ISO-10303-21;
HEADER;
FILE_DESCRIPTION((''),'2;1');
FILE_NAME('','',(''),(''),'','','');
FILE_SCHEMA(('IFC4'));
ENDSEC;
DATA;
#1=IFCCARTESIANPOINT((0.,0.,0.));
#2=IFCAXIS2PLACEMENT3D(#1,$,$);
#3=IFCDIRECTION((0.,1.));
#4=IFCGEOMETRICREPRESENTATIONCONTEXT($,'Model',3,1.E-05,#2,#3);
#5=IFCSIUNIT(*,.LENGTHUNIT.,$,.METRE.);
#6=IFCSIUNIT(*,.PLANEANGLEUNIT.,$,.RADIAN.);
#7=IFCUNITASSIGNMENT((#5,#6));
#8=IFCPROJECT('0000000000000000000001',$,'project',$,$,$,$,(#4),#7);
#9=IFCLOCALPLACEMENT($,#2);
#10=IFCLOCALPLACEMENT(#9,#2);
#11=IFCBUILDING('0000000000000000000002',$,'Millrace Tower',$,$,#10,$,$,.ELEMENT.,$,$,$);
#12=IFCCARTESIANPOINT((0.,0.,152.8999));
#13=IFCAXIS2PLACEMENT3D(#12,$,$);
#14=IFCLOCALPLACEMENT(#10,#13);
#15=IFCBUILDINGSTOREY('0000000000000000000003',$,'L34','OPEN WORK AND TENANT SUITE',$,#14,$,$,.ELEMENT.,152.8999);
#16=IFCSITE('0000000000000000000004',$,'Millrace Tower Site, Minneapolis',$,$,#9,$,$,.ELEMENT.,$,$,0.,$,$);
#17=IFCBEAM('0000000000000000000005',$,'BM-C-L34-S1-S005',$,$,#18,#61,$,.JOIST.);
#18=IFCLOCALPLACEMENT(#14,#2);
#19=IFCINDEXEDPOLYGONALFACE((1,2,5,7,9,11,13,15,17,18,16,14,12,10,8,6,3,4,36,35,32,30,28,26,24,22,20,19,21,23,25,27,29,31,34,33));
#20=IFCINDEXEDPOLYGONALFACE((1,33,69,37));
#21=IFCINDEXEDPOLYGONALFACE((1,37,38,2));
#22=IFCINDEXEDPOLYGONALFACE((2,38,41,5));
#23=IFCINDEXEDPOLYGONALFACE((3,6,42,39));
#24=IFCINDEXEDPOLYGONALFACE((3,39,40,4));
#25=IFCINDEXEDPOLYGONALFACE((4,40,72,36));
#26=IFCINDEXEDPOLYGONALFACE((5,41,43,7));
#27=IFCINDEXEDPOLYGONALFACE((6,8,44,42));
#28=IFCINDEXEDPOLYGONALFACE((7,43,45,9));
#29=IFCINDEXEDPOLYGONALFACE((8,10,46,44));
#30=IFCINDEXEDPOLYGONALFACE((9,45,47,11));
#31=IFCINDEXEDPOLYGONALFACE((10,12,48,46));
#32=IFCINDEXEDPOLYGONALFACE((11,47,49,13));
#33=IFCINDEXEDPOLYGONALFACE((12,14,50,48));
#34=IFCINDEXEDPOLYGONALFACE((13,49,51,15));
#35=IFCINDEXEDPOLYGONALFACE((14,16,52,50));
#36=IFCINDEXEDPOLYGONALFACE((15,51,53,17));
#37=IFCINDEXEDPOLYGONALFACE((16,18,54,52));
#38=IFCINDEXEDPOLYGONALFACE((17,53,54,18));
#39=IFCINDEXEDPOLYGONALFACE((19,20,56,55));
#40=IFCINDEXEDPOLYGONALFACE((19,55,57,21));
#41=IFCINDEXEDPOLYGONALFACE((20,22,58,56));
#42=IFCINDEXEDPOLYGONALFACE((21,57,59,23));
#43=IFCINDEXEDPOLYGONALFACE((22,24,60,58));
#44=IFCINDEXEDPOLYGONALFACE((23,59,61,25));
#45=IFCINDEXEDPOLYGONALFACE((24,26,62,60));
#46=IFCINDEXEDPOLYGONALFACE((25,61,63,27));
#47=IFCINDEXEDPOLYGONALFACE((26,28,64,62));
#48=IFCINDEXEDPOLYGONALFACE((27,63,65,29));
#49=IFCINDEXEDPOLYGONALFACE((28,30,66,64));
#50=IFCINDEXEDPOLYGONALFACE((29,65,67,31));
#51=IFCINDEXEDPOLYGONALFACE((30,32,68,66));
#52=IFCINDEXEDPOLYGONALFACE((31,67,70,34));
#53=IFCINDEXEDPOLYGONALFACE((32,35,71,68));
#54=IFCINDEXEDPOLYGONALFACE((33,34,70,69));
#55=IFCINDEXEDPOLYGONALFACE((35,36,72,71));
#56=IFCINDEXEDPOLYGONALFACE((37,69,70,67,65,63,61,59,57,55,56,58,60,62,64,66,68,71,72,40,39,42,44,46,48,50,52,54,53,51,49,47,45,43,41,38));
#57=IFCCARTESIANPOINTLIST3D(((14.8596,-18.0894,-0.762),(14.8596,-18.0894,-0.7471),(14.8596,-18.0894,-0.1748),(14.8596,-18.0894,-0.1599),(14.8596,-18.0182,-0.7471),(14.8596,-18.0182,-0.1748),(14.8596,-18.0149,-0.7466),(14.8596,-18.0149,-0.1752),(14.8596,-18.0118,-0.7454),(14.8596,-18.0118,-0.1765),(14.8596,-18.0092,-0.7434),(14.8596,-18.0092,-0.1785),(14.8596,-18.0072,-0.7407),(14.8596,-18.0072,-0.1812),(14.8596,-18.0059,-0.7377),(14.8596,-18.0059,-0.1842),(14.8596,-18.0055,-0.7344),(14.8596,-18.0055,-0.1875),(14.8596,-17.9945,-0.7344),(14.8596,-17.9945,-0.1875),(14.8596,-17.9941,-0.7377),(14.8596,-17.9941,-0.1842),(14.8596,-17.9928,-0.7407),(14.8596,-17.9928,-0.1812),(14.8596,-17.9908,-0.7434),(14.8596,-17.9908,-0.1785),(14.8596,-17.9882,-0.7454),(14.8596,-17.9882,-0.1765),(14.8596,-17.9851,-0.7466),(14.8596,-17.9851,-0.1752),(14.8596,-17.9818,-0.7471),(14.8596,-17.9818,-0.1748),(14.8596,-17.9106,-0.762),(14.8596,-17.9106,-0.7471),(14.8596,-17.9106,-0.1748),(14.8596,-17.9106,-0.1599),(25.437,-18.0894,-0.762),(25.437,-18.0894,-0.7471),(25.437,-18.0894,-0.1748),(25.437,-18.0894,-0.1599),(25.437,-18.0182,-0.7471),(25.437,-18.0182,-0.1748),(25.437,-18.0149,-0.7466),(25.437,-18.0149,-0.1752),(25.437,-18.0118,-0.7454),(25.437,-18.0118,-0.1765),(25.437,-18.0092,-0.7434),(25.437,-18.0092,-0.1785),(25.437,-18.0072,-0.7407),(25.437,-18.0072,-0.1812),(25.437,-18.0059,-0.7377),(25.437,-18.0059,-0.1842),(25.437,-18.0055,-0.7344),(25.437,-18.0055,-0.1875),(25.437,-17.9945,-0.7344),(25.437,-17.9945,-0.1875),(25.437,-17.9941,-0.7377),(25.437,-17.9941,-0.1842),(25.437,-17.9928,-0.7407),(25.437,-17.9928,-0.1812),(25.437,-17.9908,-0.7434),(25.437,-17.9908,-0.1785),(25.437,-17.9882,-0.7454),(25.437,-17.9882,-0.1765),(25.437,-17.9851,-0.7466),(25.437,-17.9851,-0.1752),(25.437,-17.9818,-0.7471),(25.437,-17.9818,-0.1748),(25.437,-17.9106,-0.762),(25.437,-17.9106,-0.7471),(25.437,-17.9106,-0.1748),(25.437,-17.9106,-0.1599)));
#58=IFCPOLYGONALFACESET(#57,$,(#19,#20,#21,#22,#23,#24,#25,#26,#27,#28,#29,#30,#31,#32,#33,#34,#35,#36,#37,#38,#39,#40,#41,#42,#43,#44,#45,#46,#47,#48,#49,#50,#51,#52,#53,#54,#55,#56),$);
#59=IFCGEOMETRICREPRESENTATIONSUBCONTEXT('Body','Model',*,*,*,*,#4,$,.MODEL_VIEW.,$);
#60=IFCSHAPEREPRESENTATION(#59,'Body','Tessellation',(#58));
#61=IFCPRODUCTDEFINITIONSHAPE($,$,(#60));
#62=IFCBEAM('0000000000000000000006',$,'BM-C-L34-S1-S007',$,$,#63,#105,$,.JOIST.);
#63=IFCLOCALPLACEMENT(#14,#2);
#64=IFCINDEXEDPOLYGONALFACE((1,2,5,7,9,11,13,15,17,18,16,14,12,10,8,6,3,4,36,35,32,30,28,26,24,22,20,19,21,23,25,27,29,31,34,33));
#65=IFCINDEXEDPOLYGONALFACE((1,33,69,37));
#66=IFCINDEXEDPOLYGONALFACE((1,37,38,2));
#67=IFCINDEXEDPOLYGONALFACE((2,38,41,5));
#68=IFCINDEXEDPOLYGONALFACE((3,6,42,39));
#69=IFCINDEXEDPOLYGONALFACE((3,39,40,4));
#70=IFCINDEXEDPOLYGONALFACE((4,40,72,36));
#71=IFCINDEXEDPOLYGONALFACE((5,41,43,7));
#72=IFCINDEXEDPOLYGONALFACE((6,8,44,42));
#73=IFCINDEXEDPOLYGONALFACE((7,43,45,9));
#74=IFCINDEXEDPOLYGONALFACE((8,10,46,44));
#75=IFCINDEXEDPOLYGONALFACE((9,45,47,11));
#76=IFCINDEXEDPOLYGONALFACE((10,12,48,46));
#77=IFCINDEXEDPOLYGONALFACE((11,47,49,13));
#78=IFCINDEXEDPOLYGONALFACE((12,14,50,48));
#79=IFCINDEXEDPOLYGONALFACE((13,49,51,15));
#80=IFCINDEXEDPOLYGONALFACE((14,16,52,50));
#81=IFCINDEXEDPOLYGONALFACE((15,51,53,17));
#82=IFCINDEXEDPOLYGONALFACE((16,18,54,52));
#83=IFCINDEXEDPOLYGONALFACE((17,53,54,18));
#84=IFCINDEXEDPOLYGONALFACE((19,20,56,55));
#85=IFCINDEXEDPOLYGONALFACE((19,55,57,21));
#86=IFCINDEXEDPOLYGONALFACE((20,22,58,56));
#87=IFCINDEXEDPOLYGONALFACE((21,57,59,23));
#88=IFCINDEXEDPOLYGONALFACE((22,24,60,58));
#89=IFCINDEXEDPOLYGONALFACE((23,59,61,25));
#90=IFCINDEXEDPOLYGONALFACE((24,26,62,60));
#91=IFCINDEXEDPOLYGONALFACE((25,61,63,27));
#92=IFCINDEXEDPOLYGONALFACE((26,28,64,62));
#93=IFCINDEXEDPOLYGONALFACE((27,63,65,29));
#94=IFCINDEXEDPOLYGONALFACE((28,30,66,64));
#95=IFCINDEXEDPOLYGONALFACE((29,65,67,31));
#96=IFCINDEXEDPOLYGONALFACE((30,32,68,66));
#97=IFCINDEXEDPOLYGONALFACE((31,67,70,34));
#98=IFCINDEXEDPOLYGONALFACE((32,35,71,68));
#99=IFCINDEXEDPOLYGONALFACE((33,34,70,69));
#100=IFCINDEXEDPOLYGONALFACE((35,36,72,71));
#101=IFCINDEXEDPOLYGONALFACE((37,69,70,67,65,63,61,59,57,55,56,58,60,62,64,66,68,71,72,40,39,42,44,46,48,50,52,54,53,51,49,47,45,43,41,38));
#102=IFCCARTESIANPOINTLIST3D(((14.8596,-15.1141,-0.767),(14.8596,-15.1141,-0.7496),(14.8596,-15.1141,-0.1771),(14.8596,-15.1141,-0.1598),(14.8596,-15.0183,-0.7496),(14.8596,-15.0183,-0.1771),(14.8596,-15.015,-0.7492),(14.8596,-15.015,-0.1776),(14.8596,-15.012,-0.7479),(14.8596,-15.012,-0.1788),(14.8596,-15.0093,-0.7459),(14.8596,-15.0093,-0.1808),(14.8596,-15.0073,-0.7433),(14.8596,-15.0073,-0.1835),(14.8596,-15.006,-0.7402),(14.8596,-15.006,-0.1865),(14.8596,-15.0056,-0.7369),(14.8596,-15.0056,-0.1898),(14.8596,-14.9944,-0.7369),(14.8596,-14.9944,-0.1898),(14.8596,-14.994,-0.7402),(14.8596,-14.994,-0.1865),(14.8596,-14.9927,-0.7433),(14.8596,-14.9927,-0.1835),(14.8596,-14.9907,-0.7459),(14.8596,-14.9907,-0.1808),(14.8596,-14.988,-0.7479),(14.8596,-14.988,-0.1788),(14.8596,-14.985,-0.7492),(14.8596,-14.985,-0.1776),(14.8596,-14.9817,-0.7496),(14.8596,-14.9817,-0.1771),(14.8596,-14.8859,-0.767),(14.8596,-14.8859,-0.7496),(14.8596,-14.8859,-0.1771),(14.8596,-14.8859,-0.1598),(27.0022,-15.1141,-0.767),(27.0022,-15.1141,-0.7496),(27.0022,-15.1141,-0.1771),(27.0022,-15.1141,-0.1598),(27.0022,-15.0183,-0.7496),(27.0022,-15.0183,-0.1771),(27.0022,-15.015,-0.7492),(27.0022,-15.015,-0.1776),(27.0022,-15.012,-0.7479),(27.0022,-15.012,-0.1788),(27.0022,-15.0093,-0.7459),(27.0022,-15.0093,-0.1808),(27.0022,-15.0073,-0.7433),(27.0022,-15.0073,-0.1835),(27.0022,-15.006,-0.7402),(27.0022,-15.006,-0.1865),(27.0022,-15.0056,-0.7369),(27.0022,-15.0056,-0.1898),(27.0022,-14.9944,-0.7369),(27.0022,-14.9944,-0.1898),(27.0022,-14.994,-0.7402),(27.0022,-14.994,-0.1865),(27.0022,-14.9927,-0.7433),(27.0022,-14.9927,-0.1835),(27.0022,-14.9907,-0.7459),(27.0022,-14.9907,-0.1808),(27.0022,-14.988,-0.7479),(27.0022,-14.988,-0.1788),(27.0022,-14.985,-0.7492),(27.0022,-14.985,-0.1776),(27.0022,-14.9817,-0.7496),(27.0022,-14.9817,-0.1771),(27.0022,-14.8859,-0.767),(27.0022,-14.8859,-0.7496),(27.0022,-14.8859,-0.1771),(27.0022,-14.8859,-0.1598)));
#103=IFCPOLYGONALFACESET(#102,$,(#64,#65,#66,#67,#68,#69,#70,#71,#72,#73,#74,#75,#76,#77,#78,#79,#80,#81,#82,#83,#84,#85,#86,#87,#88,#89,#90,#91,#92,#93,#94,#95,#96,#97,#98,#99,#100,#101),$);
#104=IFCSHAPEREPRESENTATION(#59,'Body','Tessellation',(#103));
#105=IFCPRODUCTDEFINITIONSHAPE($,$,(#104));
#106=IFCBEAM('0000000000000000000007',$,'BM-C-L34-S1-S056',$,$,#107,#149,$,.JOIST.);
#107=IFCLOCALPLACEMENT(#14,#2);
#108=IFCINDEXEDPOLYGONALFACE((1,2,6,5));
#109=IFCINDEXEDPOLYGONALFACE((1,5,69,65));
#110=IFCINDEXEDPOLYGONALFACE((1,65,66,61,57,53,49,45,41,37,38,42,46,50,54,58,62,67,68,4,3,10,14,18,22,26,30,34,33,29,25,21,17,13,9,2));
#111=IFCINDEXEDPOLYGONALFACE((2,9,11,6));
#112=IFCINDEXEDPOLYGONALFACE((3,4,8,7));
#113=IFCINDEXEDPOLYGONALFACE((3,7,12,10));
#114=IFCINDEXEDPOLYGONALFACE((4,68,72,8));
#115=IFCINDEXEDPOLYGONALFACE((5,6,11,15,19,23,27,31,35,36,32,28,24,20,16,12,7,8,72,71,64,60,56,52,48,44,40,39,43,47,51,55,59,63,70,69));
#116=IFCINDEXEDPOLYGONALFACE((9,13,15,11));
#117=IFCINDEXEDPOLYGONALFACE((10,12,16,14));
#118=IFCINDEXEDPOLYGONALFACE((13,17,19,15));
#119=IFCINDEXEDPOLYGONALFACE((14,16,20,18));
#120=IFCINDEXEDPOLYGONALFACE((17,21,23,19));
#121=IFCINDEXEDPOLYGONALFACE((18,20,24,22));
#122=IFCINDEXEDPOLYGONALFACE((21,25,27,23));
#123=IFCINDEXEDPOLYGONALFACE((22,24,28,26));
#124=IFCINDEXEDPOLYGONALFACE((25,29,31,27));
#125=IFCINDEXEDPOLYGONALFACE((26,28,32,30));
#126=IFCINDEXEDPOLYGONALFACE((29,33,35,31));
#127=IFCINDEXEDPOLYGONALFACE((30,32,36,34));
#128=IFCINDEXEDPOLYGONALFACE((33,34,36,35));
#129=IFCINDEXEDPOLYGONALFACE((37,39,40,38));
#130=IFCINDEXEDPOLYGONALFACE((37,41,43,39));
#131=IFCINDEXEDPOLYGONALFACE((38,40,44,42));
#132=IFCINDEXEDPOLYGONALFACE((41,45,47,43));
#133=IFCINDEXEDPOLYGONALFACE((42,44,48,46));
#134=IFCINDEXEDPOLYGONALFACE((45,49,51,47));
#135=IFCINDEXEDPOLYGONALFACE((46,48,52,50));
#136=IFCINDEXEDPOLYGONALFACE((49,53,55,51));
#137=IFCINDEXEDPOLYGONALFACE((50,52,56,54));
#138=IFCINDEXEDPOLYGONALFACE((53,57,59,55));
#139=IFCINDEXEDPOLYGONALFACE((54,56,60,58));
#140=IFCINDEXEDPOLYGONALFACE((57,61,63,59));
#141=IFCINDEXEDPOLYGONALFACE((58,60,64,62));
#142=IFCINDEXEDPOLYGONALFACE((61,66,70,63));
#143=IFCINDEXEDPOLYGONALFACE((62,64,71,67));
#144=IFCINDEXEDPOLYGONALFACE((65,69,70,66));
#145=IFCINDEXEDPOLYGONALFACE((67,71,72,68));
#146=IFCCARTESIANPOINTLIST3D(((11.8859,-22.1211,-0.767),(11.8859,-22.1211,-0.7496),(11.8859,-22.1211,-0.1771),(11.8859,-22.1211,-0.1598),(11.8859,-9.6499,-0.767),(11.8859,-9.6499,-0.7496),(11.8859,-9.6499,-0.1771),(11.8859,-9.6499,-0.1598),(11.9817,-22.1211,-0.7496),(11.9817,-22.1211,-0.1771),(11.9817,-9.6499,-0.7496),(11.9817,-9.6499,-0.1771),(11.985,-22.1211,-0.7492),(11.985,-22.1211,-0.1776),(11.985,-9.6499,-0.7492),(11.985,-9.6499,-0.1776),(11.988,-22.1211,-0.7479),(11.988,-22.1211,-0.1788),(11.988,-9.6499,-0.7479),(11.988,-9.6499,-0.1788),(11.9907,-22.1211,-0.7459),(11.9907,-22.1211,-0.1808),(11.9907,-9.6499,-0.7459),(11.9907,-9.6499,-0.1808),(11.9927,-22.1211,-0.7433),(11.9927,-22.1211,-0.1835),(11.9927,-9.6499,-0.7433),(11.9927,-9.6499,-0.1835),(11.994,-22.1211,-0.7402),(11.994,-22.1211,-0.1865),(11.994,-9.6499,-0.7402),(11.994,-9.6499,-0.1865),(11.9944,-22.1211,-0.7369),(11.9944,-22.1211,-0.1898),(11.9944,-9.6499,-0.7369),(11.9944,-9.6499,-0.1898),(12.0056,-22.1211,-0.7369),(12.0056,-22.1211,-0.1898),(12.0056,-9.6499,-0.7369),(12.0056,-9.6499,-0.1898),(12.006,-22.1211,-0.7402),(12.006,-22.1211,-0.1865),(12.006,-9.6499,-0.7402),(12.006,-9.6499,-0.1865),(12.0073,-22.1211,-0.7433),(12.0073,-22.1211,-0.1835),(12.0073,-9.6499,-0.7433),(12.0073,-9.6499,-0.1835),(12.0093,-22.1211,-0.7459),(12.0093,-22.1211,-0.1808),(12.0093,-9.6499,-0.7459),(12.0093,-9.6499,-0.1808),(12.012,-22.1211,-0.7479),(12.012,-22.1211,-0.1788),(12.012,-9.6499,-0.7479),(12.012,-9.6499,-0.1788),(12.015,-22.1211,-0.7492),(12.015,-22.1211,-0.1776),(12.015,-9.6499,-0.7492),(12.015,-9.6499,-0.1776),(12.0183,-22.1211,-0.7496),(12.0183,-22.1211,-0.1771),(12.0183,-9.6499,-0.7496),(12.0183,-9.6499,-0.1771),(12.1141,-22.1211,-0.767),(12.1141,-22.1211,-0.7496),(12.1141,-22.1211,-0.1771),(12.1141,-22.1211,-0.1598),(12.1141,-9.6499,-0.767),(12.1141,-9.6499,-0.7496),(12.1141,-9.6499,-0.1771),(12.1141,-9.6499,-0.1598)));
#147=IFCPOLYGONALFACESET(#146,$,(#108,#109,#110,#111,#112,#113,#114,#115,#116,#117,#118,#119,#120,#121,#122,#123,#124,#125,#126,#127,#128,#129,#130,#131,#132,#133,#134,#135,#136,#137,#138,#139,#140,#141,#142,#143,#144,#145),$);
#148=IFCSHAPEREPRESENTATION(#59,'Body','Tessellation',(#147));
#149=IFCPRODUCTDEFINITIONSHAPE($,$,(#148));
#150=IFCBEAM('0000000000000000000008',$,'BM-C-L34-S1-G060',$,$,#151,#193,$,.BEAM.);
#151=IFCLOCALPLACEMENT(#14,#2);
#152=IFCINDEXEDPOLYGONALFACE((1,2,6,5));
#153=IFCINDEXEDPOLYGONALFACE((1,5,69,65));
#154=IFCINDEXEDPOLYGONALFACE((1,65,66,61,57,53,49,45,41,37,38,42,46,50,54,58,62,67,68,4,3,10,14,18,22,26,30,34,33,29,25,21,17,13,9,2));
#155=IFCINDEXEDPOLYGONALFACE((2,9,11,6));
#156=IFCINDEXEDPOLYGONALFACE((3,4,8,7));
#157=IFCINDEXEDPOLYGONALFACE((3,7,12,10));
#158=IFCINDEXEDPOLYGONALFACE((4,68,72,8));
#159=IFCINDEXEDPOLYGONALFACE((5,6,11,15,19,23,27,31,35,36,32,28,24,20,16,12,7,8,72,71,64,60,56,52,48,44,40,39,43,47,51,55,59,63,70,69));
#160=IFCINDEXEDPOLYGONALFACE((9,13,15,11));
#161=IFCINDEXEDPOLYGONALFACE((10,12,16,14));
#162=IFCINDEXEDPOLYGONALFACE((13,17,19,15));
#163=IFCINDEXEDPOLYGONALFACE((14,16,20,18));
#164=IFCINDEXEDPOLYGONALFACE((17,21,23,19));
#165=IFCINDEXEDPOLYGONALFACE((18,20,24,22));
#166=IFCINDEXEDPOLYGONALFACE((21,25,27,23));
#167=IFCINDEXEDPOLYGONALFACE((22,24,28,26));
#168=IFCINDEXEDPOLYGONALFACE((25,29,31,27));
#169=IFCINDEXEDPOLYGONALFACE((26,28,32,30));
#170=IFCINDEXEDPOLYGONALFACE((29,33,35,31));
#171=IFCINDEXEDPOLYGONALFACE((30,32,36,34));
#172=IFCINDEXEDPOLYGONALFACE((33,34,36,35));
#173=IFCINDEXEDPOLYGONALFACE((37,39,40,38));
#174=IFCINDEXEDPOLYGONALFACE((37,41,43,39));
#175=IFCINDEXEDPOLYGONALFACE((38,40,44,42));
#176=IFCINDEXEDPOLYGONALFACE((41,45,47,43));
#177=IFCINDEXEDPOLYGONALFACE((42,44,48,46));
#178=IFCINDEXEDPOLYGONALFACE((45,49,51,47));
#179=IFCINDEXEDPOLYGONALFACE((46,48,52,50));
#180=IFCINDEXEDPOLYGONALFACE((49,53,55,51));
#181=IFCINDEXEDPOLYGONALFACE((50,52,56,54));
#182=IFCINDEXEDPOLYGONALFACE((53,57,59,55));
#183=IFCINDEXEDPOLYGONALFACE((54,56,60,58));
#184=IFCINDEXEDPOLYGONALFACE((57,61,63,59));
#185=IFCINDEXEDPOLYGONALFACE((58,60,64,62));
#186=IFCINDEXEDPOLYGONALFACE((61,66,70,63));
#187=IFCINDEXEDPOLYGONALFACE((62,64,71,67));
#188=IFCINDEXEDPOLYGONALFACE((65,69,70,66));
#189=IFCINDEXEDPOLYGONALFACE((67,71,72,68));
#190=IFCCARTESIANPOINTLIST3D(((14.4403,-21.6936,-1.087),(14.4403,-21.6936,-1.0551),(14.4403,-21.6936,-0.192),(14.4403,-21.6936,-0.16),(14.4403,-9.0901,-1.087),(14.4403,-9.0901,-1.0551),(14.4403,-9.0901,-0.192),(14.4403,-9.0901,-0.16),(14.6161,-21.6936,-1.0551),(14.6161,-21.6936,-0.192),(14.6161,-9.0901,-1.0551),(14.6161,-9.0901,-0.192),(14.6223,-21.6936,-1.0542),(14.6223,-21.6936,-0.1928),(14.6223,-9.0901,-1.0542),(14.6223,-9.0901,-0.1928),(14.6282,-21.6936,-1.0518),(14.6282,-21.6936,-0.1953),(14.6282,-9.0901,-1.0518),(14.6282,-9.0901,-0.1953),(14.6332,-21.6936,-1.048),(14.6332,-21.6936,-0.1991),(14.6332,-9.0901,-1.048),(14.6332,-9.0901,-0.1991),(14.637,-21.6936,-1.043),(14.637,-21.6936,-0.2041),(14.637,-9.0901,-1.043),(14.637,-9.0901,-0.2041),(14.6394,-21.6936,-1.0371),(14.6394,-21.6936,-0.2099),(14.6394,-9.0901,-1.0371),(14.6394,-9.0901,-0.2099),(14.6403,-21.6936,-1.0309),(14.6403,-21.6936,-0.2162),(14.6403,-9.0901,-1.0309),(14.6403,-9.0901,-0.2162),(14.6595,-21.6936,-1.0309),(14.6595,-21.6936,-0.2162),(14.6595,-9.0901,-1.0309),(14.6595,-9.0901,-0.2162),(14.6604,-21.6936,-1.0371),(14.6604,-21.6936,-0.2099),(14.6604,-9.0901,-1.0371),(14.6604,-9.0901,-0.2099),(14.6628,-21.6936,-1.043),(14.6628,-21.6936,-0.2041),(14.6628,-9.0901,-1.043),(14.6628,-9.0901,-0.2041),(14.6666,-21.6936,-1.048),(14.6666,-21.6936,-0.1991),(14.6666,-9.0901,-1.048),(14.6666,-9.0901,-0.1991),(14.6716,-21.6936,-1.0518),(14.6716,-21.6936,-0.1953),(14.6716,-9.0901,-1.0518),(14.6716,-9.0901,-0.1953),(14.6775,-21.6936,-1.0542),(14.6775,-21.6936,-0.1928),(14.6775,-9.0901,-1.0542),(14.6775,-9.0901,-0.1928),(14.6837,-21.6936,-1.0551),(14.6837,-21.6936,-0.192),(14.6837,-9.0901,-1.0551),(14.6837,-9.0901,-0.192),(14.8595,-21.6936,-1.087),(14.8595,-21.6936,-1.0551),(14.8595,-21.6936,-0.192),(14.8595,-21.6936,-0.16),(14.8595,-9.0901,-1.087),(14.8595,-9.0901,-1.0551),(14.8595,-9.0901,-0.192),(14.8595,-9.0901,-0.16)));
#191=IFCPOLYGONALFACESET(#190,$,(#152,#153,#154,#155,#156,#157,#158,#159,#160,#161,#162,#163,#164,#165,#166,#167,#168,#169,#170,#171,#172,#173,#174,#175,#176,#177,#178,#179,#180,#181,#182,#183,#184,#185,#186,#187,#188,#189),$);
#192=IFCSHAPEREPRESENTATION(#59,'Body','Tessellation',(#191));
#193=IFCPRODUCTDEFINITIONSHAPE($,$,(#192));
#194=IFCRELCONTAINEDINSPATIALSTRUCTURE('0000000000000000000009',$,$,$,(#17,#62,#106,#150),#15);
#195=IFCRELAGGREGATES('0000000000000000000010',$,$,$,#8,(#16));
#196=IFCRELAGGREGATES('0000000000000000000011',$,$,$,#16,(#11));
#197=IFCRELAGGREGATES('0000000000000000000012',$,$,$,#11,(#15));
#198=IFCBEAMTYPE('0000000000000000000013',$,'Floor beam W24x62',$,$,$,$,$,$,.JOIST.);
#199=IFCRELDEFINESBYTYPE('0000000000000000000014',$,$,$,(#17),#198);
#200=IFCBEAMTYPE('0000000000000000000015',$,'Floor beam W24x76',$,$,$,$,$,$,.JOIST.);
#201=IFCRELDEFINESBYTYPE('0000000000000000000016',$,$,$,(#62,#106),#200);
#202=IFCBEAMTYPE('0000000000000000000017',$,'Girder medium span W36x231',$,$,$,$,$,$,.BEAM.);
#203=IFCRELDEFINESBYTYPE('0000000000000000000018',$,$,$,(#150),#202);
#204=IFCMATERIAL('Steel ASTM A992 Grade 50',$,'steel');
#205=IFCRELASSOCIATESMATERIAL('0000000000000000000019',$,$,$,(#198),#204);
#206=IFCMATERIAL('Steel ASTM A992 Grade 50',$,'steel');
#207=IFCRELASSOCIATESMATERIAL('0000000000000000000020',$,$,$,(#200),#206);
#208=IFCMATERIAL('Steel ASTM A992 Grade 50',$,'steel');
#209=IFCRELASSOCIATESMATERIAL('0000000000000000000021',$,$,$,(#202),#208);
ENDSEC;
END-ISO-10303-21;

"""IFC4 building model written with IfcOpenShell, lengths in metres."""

from ifc_helpers import new_model, si_unit, direction, frame, origin, origin_2d, place, context, subcontext, project, spatial, i_section, extrude, material, material_profile, profile_set, type_object, element, save


model = new_model("IFC4")

# Units and contexts
model_context = context("Model", 3, precision=1e-05, world=origin(), true_north=direction((0.0, 1.0)))
body_context = subcontext(model_context, "Body", "Model", "MODEL_VIEW")
ifc_project = project(units=[si_unit("LENGTHUNIT", "METRE"), si_unit("PLANEANGLEUNIT", "RADIAN")], contexts=[model_context])

# Site, building, storey
site_placement = place(None, origin())
site = spatial("IfcSite", under=ifc_project, at=site_placement, Name="Millrace Tower Site, Minneapolis", CompositionType="ELEMENT", RefElevation=0.0)
building_placement = place(site_placement, origin())
building = spatial("IfcBuilding", under=site, at=building_placement, Name="Millrace Tower", CompositionType="ELEMENT")
storey_placement = place(building_placement, frame((0.0, 0.0, 152.8999)))
storey = spatial("IfcBuildingStorey", under=building, at=storey_placement, Name="L34", Description="OPEN WORK AND TENANT SUITE", CompositionType="ELEMENT", Elevation=152.8999)

# Beams
ifc_material_1 = material(Name="Steel ASTM A992 Grade 50", Category="steel")
ifc_material_profile_1 = material_profile(ifc_material_1, i_section(OverallWidth=0.1787, OverallDepth=0.6021, WebThickness=0.011, FlangeThickness=0.0149, FilletRadius=0.0127, at=origin_2d()))
ifc_profile_set_1 = profile_set([ifc_material_profile_1], Name="Steel ASTM A992 Grade 50")
beam_type_1 = type_object("IfcBeamType", Name="Floor beam W24x62", PredefinedType="JOIST", material=ifc_profile_set_1)
beam_1_placement = place(storey_placement, frame((14.8596, -18.0, -0.4609), z_axis=(1.0, 0.0, 0.0), x_axis=(0.0, 1.0, 0.0)))
element("IfcBeam", 1, at=beam_1_placement, inside=storey, type_object=beam_type_1, Name="BM-C-L34-S1-S005", PredefinedType="JOIST", context=body_context, shape_type="SweptSolid", body=[
    extrude(i_section(OverallWidth=0.1787, OverallDepth=0.6021, WebThickness=0.011, FlangeThickness=0.0149, FilletRadius=0.0127, at=origin_2d()), origin(), (0.0, 0.0, 1.0), 10.5774),
])
ifc_material_2 = material(Name="Steel ASTM A992 Grade 50", Category="steel")
ifc_material_profile_2 = material_profile(ifc_material_2, i_section(OverallWidth=0.2283, OverallDepth=0.6072, WebThickness=0.0112, FlangeThickness=0.0173, FilletRadius=0.0127, at=origin_2d()))
ifc_profile_set_2 = profile_set([ifc_material_profile_2], Name="Steel ASTM A992 Grade 50")
beam_type_2 = type_object("IfcBeamType", Name="Floor beam W24x76", PredefinedType="JOIST", material=ifc_profile_set_2)
beam_2_placement = place(storey_placement, frame((14.8596, -15.0, -0.4634), z_axis=(1.0, 0.0, 0.0), x_axis=(0.0, 1.0, 0.0)))
element("IfcBeam", 2, at=beam_2_placement, inside=storey, type_object=beam_type_2, Name="BM-C-L34-S1-S007", PredefinedType="JOIST", context=body_context, shape_type="SweptSolid", body=[
    extrude(i_section(OverallWidth=0.2283, OverallDepth=0.6072, WebThickness=0.0112, FlangeThickness=0.0173, FilletRadius=0.0127, at=origin_2d()), origin(), (0.0, 0.0, 1.0), 12.1426),
])
beam_3_placement = place(storey_placement, frame((12.0, -22.1211, -0.4634), z_axis=(0.0, 1.0, 0.0), x_axis=(-1.0, 0.0, 0.0)))
element("IfcBeam", 3, at=beam_3_placement, inside=storey, type_object=beam_type_2, Name="BM-C-L34-S1-S056", PredefinedType="JOIST", context=body_context, shape_type="SweptSolid", body=[
    extrude(i_section(OverallWidth=0.2283, OverallDepth=0.6072, WebThickness=0.0112, FlangeThickness=0.0173, FilletRadius=0.0127, at=origin_2d()), origin(), (0.0, 0.0, 1.0), 12.4712),
])
ifc_material_3 = material(Name="Steel ASTM A992 Grade 50", Category="steel")
ifc_material_profile_3 = material_profile(ifc_material_3, i_section(OverallWidth=0.4192, OverallDepth=0.927, WebThickness=0.0193, FlangeThickness=0.032, FilletRadius=0.0242, at=origin_2d()))
ifc_profile_set_3 = profile_set([ifc_material_profile_3], Name="Steel ASTM A992 Grade 50")
beam_type_3 = type_object("IfcBeamType", Name="Girder medium span W36x231", PredefinedType="BEAM", material=ifc_profile_set_3)
beam_4_placement = place(storey_placement, frame((14.6499, -21.6936, -0.6235), z_axis=(0.0, 1.0, 0.0), x_axis=(-1.0, 0.0, 0.0)))
element("IfcBeam", 4, at=beam_4_placement, inside=storey, type_object=beam_type_3, Name="BM-C-L34-S1-G060", PredefinedType="BEAM", context=body_context, shape_type="SweptSolid", body=[
    extrude(i_section(OverallWidth=0.4192, OverallDepth=0.927, WebThickness=0.0193, FlangeThickness=0.032, FilletRadius=0.0242, at=origin_2d()), origin(), (0.0, 0.0, 1.0), 12.6035),
])

save(model, "model.ifc")
